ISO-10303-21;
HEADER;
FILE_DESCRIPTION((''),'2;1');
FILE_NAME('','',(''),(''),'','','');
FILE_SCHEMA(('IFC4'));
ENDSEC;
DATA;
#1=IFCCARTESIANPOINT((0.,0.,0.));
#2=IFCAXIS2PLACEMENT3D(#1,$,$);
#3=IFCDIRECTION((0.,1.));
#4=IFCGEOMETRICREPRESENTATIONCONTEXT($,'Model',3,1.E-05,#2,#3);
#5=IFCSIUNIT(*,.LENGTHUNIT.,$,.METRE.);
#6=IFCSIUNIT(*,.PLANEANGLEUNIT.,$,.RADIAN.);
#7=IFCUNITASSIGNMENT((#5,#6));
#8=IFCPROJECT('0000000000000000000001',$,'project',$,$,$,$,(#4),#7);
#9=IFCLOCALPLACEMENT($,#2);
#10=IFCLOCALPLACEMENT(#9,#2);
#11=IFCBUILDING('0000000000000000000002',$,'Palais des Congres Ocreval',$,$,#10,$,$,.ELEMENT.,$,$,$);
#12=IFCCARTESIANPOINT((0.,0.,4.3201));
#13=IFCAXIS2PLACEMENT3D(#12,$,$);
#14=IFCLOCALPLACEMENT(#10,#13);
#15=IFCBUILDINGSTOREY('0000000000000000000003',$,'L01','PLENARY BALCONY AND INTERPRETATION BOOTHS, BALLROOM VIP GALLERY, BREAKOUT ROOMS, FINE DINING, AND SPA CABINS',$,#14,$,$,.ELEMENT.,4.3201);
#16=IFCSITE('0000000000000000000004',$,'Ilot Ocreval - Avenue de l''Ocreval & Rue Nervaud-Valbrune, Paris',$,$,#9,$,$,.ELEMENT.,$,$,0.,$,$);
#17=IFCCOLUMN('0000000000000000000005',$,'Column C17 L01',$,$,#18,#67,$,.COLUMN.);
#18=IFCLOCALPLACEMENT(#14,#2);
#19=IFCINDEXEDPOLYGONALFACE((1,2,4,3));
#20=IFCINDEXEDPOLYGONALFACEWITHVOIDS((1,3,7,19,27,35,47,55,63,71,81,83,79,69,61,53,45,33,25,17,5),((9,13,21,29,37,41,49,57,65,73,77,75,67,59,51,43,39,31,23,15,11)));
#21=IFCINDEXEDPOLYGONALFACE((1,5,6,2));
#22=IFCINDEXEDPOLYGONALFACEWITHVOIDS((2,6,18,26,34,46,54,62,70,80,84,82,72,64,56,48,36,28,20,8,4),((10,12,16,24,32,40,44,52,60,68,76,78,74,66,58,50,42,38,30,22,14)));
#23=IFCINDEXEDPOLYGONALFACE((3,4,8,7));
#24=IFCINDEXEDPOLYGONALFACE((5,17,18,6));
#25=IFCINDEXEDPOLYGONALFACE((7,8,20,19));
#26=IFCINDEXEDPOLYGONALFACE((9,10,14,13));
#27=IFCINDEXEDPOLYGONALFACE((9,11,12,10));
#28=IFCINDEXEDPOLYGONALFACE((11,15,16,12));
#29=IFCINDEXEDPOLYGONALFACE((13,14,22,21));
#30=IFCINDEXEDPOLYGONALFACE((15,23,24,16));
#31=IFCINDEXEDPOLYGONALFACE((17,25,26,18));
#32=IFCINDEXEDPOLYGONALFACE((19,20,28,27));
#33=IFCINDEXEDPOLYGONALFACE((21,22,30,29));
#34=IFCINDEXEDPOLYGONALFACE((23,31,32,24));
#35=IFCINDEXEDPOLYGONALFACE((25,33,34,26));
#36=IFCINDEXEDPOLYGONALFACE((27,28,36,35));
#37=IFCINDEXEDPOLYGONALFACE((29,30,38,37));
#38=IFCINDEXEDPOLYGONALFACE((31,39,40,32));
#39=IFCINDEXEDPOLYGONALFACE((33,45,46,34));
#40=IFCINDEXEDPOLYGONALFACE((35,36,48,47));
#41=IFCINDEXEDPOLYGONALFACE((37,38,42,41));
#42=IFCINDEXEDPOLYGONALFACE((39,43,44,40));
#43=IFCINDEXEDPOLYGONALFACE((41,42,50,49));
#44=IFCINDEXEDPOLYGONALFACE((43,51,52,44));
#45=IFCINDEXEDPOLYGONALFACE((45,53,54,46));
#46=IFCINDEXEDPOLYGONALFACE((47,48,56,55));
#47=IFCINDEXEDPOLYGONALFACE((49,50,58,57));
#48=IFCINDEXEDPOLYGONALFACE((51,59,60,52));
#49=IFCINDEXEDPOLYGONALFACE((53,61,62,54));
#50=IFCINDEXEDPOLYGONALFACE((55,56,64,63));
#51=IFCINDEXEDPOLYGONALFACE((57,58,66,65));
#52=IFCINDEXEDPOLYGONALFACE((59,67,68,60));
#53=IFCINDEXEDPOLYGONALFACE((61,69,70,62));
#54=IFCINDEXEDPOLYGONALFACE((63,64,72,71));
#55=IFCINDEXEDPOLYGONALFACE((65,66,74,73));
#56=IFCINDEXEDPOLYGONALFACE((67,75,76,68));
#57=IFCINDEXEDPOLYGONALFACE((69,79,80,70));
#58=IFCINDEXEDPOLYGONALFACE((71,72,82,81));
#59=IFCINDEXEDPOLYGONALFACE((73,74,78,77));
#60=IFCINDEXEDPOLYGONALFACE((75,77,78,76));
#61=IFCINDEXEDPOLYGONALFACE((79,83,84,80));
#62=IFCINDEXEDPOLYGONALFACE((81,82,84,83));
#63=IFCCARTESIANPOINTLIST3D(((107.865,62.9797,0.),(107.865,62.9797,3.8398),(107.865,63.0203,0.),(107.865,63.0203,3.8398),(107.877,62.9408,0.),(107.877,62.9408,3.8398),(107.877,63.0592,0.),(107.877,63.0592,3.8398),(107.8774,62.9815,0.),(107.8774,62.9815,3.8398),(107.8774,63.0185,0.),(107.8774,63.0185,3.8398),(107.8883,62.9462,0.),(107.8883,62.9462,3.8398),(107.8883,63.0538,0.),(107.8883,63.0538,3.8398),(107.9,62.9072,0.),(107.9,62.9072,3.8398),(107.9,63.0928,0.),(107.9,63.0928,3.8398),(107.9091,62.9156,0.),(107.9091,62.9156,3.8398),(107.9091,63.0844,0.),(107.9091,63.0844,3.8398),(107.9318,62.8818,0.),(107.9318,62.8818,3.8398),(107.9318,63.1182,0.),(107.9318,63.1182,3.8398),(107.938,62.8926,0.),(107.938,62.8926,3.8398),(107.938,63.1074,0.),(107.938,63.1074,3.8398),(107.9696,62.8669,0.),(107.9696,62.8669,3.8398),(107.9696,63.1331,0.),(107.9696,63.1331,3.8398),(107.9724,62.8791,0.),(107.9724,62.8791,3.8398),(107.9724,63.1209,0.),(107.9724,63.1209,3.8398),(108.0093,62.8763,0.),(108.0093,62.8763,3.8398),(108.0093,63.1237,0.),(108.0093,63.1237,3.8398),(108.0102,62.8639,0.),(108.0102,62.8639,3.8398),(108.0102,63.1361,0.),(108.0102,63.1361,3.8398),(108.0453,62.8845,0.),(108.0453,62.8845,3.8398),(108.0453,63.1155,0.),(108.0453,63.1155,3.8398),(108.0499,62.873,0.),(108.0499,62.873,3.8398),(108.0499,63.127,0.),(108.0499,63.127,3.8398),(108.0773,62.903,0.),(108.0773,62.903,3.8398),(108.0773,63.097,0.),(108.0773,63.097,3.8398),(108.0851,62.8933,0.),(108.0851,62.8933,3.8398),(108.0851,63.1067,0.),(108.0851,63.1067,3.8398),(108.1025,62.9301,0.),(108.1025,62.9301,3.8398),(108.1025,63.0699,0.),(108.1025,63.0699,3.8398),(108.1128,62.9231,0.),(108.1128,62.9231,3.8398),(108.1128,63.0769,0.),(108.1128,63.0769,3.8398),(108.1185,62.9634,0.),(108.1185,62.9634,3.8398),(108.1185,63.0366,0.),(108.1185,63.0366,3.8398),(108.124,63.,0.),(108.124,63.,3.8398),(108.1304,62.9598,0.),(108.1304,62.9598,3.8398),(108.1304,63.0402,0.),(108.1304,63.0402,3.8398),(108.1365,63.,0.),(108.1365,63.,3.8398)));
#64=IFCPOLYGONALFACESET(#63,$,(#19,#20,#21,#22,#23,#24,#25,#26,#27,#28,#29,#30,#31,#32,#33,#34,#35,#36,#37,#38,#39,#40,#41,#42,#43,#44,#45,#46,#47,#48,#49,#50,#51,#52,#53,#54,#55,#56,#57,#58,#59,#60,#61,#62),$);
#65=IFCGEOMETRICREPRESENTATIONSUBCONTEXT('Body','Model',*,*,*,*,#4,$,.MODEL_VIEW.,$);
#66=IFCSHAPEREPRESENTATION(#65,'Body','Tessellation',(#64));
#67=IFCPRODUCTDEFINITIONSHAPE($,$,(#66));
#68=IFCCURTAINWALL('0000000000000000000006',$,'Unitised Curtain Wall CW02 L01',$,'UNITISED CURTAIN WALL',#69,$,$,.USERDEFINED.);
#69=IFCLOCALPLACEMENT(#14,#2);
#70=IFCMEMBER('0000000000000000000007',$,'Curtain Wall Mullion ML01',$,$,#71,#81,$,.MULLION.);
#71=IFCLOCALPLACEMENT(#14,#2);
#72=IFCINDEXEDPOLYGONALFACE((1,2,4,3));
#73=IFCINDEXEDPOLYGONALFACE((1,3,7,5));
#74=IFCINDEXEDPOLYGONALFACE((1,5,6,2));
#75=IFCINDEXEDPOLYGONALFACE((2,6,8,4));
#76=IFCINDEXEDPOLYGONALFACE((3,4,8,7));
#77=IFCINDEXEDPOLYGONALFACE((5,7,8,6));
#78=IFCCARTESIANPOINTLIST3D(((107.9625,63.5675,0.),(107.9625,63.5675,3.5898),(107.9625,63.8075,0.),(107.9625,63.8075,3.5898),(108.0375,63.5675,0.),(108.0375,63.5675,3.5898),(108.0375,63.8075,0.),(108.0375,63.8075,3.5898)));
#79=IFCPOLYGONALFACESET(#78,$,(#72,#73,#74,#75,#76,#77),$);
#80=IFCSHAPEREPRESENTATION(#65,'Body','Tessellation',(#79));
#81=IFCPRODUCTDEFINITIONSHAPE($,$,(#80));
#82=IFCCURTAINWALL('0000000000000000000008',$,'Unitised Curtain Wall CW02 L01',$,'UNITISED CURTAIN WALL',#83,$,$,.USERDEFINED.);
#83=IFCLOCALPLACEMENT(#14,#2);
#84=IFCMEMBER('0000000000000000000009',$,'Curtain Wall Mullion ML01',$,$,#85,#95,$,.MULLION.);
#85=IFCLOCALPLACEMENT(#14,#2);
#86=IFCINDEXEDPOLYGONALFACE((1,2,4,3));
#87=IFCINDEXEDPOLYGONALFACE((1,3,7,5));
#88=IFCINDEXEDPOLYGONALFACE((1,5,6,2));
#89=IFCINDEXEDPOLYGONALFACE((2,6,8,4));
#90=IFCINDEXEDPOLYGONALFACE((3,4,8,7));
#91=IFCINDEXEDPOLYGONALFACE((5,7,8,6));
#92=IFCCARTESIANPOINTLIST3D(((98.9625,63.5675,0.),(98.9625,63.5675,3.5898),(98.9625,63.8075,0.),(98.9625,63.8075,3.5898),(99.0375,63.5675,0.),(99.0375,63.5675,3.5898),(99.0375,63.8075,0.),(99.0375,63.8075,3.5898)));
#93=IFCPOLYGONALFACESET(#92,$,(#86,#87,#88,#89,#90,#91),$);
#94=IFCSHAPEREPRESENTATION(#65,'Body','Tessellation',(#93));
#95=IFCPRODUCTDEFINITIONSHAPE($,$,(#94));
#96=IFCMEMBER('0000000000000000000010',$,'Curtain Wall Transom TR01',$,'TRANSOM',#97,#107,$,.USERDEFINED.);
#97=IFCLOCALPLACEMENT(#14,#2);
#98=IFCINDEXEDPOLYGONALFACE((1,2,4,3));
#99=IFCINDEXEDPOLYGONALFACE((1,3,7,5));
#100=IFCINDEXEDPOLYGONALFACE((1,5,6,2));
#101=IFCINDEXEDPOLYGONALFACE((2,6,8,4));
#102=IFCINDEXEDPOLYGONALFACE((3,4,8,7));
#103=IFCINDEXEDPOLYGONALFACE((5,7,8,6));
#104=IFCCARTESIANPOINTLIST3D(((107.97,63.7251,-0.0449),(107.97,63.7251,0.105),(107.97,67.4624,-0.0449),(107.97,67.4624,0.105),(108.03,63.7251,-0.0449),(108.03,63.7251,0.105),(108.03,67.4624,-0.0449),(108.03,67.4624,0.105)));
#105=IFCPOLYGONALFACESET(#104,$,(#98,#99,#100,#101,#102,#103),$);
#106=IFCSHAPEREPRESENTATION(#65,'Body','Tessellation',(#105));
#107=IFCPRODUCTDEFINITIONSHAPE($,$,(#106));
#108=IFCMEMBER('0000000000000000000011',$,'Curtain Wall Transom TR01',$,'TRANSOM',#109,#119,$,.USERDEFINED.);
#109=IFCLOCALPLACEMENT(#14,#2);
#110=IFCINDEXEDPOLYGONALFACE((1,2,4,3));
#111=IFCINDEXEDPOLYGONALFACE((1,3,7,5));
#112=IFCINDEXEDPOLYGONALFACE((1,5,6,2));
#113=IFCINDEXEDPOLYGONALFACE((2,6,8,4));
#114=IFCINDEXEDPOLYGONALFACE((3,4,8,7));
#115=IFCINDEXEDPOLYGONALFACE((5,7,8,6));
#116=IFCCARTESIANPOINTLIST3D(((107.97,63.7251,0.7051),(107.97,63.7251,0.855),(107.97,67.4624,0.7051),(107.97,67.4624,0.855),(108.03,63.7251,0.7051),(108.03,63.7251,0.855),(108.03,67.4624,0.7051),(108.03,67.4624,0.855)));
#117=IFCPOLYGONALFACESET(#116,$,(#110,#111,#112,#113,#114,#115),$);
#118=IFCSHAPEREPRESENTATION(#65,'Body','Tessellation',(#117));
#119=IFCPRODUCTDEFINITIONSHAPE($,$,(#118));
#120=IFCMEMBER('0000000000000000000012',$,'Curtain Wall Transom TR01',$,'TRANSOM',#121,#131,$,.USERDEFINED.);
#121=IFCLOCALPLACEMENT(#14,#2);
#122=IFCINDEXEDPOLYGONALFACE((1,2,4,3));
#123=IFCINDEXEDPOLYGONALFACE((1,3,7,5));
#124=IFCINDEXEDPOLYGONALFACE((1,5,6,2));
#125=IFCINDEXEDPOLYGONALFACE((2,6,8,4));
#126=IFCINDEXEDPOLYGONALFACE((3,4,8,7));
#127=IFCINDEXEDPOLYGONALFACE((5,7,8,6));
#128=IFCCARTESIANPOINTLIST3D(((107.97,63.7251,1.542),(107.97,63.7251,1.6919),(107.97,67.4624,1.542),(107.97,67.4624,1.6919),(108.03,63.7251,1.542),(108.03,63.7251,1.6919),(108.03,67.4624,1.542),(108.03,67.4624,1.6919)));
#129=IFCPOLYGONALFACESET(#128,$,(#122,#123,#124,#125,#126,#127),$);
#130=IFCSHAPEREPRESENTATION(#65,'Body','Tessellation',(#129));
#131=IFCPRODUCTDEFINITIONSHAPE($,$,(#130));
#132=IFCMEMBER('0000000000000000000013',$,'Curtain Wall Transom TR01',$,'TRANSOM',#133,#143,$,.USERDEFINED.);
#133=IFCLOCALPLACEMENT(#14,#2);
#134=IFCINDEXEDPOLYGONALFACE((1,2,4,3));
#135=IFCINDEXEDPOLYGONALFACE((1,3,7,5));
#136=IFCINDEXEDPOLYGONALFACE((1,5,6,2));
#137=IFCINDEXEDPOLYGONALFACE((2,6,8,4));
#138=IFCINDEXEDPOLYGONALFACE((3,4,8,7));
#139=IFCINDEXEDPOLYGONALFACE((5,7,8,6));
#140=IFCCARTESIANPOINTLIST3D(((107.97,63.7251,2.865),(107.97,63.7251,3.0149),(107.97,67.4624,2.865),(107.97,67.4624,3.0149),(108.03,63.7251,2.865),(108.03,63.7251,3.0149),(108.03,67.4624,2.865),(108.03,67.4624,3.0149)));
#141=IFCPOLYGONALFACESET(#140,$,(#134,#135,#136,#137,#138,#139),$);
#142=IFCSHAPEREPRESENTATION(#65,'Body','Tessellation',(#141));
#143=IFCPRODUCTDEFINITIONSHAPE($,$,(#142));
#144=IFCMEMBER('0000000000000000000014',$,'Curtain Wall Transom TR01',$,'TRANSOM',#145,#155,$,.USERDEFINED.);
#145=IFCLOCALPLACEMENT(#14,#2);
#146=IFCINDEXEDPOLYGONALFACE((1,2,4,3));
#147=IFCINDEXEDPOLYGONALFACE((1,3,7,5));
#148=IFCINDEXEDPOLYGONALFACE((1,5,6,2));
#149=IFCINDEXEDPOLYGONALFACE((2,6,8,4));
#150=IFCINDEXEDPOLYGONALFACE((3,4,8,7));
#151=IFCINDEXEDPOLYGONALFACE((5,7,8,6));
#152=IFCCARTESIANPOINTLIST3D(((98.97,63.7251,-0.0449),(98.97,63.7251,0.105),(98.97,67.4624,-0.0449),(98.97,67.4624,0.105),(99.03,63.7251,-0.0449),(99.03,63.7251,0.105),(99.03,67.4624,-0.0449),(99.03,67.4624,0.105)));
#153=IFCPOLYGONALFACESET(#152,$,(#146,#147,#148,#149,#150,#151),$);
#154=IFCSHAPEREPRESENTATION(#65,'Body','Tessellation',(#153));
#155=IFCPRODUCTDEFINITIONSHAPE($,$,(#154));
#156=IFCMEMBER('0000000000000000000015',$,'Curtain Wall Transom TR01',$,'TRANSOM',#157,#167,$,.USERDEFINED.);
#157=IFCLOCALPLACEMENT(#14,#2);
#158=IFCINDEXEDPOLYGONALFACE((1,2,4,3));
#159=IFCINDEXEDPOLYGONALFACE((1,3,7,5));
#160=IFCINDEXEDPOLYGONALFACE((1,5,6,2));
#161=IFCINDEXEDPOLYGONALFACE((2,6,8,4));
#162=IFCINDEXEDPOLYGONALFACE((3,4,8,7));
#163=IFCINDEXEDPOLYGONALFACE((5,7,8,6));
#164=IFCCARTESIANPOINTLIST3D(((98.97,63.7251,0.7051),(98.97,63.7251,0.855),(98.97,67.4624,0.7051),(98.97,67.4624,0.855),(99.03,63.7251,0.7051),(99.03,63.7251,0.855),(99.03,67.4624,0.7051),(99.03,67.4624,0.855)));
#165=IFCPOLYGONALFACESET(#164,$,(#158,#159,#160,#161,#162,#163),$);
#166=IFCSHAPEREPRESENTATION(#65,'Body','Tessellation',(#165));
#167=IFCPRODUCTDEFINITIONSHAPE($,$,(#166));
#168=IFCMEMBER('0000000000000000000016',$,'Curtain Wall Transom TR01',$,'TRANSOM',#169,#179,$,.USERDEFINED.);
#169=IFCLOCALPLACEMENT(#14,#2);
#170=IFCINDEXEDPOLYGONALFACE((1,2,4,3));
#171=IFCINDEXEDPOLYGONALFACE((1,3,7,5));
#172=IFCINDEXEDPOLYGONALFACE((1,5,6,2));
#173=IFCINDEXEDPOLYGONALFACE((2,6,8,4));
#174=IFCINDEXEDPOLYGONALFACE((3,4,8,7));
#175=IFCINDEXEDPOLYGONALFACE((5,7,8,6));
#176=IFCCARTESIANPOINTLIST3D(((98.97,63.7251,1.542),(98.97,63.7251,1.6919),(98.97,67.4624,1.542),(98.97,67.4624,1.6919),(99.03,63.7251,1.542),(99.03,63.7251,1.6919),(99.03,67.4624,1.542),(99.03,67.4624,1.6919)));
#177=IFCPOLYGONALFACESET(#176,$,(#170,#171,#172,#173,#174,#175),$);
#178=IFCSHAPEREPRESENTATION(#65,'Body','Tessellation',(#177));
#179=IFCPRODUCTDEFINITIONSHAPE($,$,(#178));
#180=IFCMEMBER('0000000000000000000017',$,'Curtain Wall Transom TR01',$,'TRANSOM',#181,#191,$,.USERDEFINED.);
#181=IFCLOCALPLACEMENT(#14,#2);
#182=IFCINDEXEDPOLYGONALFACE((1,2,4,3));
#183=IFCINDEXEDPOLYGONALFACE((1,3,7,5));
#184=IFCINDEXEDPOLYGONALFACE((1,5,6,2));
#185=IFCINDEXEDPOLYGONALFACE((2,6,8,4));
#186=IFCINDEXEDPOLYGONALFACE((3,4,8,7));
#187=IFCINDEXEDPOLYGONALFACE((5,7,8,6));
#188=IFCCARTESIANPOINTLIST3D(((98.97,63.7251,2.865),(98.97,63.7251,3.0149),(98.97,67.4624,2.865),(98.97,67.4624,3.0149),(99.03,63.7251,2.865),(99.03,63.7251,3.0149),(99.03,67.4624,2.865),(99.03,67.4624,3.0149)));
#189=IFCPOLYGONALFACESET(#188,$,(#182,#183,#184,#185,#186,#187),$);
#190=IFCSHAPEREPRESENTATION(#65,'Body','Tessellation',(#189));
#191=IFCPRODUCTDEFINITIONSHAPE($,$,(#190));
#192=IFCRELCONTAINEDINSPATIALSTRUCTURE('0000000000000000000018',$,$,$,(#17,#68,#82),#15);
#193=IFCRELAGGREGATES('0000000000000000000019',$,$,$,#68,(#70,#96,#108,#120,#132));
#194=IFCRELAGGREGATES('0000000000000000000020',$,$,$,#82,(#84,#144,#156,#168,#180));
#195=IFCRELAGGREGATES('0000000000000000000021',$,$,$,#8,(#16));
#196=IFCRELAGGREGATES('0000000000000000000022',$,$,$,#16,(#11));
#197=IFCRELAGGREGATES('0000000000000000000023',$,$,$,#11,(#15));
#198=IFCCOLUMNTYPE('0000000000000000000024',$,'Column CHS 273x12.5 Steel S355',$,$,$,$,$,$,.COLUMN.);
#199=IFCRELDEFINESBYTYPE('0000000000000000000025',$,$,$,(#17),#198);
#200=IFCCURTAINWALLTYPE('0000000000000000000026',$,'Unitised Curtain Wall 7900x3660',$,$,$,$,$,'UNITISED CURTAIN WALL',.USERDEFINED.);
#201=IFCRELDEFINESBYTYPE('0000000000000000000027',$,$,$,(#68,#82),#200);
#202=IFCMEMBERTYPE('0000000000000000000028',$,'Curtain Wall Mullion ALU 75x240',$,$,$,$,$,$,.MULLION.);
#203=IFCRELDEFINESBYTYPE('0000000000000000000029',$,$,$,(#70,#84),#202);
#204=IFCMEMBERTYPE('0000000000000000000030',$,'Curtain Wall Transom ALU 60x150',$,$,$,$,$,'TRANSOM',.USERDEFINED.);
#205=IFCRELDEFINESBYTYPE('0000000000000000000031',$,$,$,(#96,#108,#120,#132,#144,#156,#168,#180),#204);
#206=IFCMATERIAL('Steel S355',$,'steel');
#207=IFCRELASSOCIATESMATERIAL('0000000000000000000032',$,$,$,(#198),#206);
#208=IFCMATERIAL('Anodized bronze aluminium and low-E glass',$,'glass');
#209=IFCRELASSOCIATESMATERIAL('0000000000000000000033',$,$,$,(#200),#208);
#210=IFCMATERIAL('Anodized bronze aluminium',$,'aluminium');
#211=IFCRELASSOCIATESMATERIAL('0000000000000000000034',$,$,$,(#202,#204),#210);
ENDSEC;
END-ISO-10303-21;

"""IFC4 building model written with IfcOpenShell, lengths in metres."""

from ifc_helpers import new_model, si_unit, direction, frame, origin, origin_2d, place, context, subcontext, project, spatial, rectangle, hollow_circle, extrude, material, material_profile, profile_set, type_object, element, aggregate, save


model = new_model("IFC4")

# Units and contexts
model_context = context("Model", 3, precision=1e-05, world=origin(), true_north=direction((0.0, 1.0)))
body_context = subcontext(model_context, "Body", "Model", "MODEL_VIEW")
ifc_project = project(units=[si_unit("LENGTHUNIT", "METRE"), si_unit("PLANEANGLEUNIT", "RADIAN")], contexts=[model_context])

# Site, building, storey
site_placement = place(None, origin())
site = spatial("IfcSite", under=ifc_project, at=site_placement, Name="Ilot Ocreval - Avenue de l'Ocreval & Rue Nervaud-Valbrune, Paris", CompositionType="ELEMENT", RefElevation=0.0)
building_placement = place(site_placement, origin())
building = spatial("IfcBuilding", under=site, at=building_placement, Name="Palais des Congres Ocreval", CompositionType="ELEMENT")
storey_placement = place(building_placement, frame((0.0, 0.0, 4.3201)))
storey = spatial("IfcBuildingStorey", under=building, at=storey_placement, Name="L01", Description="PLENARY BALCONY AND INTERPRETATION BOOTHS, BALLROOM VIP GALLERY, BREAKOUT ROOMS, FINE DINING, AND SPA CABINS", CompositionType="ELEMENT", Elevation=4.3201)

# Column
ifc_material_1 = material(Name="Steel S355", Category="steel")
ifc_material_profile_1 = material_profile(ifc_material_1, hollow_circle(Radius=0.1365, WallThickness=0.0125, at=origin_2d()), Name="CHS 273x12.5")
ifc_profile_set_1 = profile_set([ifc_material_profile_1], Name="Steel S355")
column_type = type_object("IfcColumnType", Name="Column CHS 273x12.5 Steel S355", PredefinedType="COLUMN", material=ifc_profile_set_1)
column_placement = place(storey_placement, frame((108.0, 63.0, 0.0), z_axis=(0.0, 0.0, 1.0), x_axis=(1.0, 0.0, 0.0)))
element("IfcColumn", 1, at=column_placement, inside=storey, type_object=column_type, Name="Column C17 L01", PredefinedType="COLUMN", context=body_context, shape_type="SweptSolid", body=[
    extrude(hollow_circle(Radius=0.1365, WallThickness=0.0125, at=origin_2d()), origin(), (0.0, 0.0, 1.0), 3.8398),
])

# Curtain walls, members
ifc_material_2 = material(Name="Anodized bronze aluminium and low-E glass", Category="glass")
curtain_wall_type = type_object("IfcCurtainWallType", Name="Unitised Curtain Wall 7900x3660", ElementType="UNITISED CURTAIN WALL", PredefinedType="USERDEFINED", material=ifc_material_2)
curtain_wall_1_placement = place(storey_placement, origin())
curtain_wall_1 = element("IfcCurtainWall", 2, at=curtain_wall_1_placement, inside=storey, type_object=curtain_wall_type, Name="Unitised Curtain Wall CW02 L01", ObjectType="UNITISED CURTAIN WALL", PredefinedType="USERDEFINED")
ifc_material_3 = material(Name="Anodized bronze aluminium", Category="aluminium")
ifc_material_profile_2 = material_profile(ifc_material_3, rectangle(XDim=0.075, YDim=0.24, at=origin_2d()), Name="ALU 75x240")
ifc_profile_set_2 = profile_set([ifc_material_profile_2], Name="Anodized bronze aluminium")
member_type_1 = type_object("IfcMemberType", Name="Curtain Wall Mullion ALU 75x240", PredefinedType="MULLION", material=ifc_profile_set_2)
member_1_placement = place(storey_placement, frame((108.0, 63.6875, 0.0), z_axis=(0.0, 0.0, 1.0), x_axis=(1.0, 0.0, 0.0)))
member_1 = element("IfcMember", 3, at=member_1_placement, type_object=member_type_1, Name="Curtain Wall Mullion ML01", PredefinedType="MULLION", context=body_context, shape_type="SweptSolid", body=[
    extrude(rectangle(XDim=0.075, YDim=0.24, at=origin_2d()), origin(), (0.0, 0.0, 1.0), 3.5898),
])
curtain_wall_2_placement = place(storey_placement, origin())
curtain_wall_2 = element("IfcCurtainWall", 4, at=curtain_wall_2_placement, inside=storey, type_object=curtain_wall_type, Name="Unitised Curtain Wall CW02 L01", ObjectType="UNITISED CURTAIN WALL", PredefinedType="USERDEFINED")
member_2_placement = place(storey_placement, frame((99.0, 63.6875, 0.0), z_axis=(0.0, 0.0, 1.0), x_axis=(-1.0, 0.0, 0.0)))
member_2 = element("IfcMember", 5, at=member_2_placement, type_object=member_type_1, Name="Curtain Wall Mullion ML01", PredefinedType="MULLION", context=body_context, shape_type="SweptSolid", body=[
    extrude(rectangle(XDim=0.075, YDim=0.24, at=origin_2d()), origin(), (0.0, 0.0, 1.0), 3.5898),
])

# Members
ifc_material_profile_3 = material_profile(ifc_material_3, rectangle(XDim=0.0601, YDim=0.1499, at=origin_2d()), Name="ALU 60x150")
ifc_profile_set_3 = profile_set([ifc_material_profile_3], Name="Anodized bronze aluminium")
member_type_2 = type_object("IfcMemberType", Name="Curtain Wall Transom ALU 60x150", ElementType="TRANSOM", PredefinedType="USERDEFINED", material=ifc_profile_set_3)
member_3_placement = place(storey_placement, frame((108.0, 67.4624, 0.03), z_axis=(0.0, -1.0, 0.0), x_axis=(1.0, 0.0, 0.0)))
member_3 = element("IfcMember", 6, at=member_3_placement, type_object=member_type_2, Name="Curtain Wall Transom TR01", ObjectType="TRANSOM", PredefinedType="USERDEFINED", context=body_context, shape_type="SweptSolid", body=[
    extrude(rectangle(XDim=0.0601, YDim=0.1499, at=origin_2d()), origin(), (0.0, 0.0, 1.0), 3.7373),
])
member_4_placement = place(storey_placement, frame((108.0, 67.4624, 0.78), z_axis=(0.0, -1.0, 0.0), x_axis=(1.0, 0.0, 0.0)))
member_4 = element("IfcMember", 7, at=member_4_placement, type_object=member_type_2, Name="Curtain Wall Transom TR01", ObjectType="TRANSOM", PredefinedType="USERDEFINED", context=body_context, shape_type="SweptSolid", body=[
    extrude(rectangle(XDim=0.0601, YDim=0.1499, at=origin_2d()), origin(), (0.0, 0.0, 1.0), 3.7373),
])
member_5_placement = place(storey_placement, frame((108.0, 67.4624, 1.6169), z_axis=(0.0, -1.0, 0.0), x_axis=(1.0, 0.0, 0.0)))
member_5 = element("IfcMember", 8, at=member_5_placement, type_object=member_type_2, Name="Curtain Wall Transom TR01", ObjectType="TRANSOM", PredefinedType="USERDEFINED", context=body_context, shape_type="SweptSolid", body=[
    extrude(rectangle(XDim=0.0601, YDim=0.1499, at=origin_2d()), origin(), (0.0, 0.0, 1.0), 3.7373),
])
member_6_placement = place(storey_placement, frame((108.0, 67.4624, 2.9399), z_axis=(0.0, -1.0, 0.0), x_axis=(1.0, 0.0, 0.0)))
member_6 = element("IfcMember", 9, at=member_6_placement, type_object=member_type_2, Name="Curtain Wall Transom TR01", ObjectType="TRANSOM", PredefinedType="USERDEFINED", context=body_context, shape_type="SweptSolid", body=[
    extrude(rectangle(XDim=0.0601, YDim=0.1499, at=origin_2d()), origin(), (0.0, 0.0, 1.0), 3.7373),
])
member_7_placement = place(storey_placement, frame((99.0, 63.7251, 0.03), z_axis=(0.0, 1.0, 0.0), x_axis=(-1.0, 0.0, 0.0)))
member_7 = element("IfcMember", 10, at=member_7_placement, type_object=member_type_2, Name="Curtain Wall Transom TR01", ObjectType="TRANSOM", PredefinedType="USERDEFINED", context=body_context, shape_type="SweptSolid", body=[
    extrude(rectangle(XDim=0.0601, YDim=0.1499, at=origin_2d()), origin(), (0.0, 0.0, 1.0), 3.7373),
])
member_8_placement = place(storey_placement, frame((99.0, 63.7251, 0.78), z_axis=(0.0, 1.0, 0.0), x_axis=(-1.0, 0.0, 0.0)))
member_8 = element("IfcMember", 11, at=member_8_placement, type_object=member_type_2, Name="Curtain Wall Transom TR01", ObjectType="TRANSOM", PredefinedType="USERDEFINED", context=body_context, shape_type="SweptSolid", body=[
    extrude(rectangle(XDim=0.0601, YDim=0.1499, at=origin_2d()), origin(), (0.0, 0.0, 1.0), 3.7373),
])
member_9_placement = place(storey_placement, frame((99.0, 63.7251, 1.6169), z_axis=(0.0, 1.0, 0.0), x_axis=(-1.0, 0.0, 0.0)))
member_9 = element("IfcMember", 12, at=member_9_placement, type_object=member_type_2, Name="Curtain Wall Transom TR01", ObjectType="TRANSOM", PredefinedType="USERDEFINED", context=body_context, shape_type="SweptSolid", body=[
    extrude(rectangle(XDim=0.0601, YDim=0.1499, at=origin_2d()), origin(), (0.0, 0.0, 1.0), 3.7373),
])
member_10_placement = place(storey_placement, frame((99.0, 63.7251, 2.9399), z_axis=(0.0, 1.0, 0.0), x_axis=(-1.0, 0.0, 0.0)))
member_10 = element("IfcMember", 13, at=member_10_placement, type_object=member_type_2, Name="Curtain Wall Transom TR01", ObjectType="TRANSOM", PredefinedType="USERDEFINED", context=body_context, shape_type="SweptSolid", body=[
    extrude(rectangle(XDim=0.0601, YDim=0.1499, at=origin_2d()), origin(), (0.0, 0.0, 1.0), 3.7373),
])

aggregate(curtain_wall_1, [member_1, member_3, member_4, member_5, member_6])
aggregate(curtain_wall_2, [member_2, member_7, member_8, member_9, member_10])

save(model, "model.ifc")
